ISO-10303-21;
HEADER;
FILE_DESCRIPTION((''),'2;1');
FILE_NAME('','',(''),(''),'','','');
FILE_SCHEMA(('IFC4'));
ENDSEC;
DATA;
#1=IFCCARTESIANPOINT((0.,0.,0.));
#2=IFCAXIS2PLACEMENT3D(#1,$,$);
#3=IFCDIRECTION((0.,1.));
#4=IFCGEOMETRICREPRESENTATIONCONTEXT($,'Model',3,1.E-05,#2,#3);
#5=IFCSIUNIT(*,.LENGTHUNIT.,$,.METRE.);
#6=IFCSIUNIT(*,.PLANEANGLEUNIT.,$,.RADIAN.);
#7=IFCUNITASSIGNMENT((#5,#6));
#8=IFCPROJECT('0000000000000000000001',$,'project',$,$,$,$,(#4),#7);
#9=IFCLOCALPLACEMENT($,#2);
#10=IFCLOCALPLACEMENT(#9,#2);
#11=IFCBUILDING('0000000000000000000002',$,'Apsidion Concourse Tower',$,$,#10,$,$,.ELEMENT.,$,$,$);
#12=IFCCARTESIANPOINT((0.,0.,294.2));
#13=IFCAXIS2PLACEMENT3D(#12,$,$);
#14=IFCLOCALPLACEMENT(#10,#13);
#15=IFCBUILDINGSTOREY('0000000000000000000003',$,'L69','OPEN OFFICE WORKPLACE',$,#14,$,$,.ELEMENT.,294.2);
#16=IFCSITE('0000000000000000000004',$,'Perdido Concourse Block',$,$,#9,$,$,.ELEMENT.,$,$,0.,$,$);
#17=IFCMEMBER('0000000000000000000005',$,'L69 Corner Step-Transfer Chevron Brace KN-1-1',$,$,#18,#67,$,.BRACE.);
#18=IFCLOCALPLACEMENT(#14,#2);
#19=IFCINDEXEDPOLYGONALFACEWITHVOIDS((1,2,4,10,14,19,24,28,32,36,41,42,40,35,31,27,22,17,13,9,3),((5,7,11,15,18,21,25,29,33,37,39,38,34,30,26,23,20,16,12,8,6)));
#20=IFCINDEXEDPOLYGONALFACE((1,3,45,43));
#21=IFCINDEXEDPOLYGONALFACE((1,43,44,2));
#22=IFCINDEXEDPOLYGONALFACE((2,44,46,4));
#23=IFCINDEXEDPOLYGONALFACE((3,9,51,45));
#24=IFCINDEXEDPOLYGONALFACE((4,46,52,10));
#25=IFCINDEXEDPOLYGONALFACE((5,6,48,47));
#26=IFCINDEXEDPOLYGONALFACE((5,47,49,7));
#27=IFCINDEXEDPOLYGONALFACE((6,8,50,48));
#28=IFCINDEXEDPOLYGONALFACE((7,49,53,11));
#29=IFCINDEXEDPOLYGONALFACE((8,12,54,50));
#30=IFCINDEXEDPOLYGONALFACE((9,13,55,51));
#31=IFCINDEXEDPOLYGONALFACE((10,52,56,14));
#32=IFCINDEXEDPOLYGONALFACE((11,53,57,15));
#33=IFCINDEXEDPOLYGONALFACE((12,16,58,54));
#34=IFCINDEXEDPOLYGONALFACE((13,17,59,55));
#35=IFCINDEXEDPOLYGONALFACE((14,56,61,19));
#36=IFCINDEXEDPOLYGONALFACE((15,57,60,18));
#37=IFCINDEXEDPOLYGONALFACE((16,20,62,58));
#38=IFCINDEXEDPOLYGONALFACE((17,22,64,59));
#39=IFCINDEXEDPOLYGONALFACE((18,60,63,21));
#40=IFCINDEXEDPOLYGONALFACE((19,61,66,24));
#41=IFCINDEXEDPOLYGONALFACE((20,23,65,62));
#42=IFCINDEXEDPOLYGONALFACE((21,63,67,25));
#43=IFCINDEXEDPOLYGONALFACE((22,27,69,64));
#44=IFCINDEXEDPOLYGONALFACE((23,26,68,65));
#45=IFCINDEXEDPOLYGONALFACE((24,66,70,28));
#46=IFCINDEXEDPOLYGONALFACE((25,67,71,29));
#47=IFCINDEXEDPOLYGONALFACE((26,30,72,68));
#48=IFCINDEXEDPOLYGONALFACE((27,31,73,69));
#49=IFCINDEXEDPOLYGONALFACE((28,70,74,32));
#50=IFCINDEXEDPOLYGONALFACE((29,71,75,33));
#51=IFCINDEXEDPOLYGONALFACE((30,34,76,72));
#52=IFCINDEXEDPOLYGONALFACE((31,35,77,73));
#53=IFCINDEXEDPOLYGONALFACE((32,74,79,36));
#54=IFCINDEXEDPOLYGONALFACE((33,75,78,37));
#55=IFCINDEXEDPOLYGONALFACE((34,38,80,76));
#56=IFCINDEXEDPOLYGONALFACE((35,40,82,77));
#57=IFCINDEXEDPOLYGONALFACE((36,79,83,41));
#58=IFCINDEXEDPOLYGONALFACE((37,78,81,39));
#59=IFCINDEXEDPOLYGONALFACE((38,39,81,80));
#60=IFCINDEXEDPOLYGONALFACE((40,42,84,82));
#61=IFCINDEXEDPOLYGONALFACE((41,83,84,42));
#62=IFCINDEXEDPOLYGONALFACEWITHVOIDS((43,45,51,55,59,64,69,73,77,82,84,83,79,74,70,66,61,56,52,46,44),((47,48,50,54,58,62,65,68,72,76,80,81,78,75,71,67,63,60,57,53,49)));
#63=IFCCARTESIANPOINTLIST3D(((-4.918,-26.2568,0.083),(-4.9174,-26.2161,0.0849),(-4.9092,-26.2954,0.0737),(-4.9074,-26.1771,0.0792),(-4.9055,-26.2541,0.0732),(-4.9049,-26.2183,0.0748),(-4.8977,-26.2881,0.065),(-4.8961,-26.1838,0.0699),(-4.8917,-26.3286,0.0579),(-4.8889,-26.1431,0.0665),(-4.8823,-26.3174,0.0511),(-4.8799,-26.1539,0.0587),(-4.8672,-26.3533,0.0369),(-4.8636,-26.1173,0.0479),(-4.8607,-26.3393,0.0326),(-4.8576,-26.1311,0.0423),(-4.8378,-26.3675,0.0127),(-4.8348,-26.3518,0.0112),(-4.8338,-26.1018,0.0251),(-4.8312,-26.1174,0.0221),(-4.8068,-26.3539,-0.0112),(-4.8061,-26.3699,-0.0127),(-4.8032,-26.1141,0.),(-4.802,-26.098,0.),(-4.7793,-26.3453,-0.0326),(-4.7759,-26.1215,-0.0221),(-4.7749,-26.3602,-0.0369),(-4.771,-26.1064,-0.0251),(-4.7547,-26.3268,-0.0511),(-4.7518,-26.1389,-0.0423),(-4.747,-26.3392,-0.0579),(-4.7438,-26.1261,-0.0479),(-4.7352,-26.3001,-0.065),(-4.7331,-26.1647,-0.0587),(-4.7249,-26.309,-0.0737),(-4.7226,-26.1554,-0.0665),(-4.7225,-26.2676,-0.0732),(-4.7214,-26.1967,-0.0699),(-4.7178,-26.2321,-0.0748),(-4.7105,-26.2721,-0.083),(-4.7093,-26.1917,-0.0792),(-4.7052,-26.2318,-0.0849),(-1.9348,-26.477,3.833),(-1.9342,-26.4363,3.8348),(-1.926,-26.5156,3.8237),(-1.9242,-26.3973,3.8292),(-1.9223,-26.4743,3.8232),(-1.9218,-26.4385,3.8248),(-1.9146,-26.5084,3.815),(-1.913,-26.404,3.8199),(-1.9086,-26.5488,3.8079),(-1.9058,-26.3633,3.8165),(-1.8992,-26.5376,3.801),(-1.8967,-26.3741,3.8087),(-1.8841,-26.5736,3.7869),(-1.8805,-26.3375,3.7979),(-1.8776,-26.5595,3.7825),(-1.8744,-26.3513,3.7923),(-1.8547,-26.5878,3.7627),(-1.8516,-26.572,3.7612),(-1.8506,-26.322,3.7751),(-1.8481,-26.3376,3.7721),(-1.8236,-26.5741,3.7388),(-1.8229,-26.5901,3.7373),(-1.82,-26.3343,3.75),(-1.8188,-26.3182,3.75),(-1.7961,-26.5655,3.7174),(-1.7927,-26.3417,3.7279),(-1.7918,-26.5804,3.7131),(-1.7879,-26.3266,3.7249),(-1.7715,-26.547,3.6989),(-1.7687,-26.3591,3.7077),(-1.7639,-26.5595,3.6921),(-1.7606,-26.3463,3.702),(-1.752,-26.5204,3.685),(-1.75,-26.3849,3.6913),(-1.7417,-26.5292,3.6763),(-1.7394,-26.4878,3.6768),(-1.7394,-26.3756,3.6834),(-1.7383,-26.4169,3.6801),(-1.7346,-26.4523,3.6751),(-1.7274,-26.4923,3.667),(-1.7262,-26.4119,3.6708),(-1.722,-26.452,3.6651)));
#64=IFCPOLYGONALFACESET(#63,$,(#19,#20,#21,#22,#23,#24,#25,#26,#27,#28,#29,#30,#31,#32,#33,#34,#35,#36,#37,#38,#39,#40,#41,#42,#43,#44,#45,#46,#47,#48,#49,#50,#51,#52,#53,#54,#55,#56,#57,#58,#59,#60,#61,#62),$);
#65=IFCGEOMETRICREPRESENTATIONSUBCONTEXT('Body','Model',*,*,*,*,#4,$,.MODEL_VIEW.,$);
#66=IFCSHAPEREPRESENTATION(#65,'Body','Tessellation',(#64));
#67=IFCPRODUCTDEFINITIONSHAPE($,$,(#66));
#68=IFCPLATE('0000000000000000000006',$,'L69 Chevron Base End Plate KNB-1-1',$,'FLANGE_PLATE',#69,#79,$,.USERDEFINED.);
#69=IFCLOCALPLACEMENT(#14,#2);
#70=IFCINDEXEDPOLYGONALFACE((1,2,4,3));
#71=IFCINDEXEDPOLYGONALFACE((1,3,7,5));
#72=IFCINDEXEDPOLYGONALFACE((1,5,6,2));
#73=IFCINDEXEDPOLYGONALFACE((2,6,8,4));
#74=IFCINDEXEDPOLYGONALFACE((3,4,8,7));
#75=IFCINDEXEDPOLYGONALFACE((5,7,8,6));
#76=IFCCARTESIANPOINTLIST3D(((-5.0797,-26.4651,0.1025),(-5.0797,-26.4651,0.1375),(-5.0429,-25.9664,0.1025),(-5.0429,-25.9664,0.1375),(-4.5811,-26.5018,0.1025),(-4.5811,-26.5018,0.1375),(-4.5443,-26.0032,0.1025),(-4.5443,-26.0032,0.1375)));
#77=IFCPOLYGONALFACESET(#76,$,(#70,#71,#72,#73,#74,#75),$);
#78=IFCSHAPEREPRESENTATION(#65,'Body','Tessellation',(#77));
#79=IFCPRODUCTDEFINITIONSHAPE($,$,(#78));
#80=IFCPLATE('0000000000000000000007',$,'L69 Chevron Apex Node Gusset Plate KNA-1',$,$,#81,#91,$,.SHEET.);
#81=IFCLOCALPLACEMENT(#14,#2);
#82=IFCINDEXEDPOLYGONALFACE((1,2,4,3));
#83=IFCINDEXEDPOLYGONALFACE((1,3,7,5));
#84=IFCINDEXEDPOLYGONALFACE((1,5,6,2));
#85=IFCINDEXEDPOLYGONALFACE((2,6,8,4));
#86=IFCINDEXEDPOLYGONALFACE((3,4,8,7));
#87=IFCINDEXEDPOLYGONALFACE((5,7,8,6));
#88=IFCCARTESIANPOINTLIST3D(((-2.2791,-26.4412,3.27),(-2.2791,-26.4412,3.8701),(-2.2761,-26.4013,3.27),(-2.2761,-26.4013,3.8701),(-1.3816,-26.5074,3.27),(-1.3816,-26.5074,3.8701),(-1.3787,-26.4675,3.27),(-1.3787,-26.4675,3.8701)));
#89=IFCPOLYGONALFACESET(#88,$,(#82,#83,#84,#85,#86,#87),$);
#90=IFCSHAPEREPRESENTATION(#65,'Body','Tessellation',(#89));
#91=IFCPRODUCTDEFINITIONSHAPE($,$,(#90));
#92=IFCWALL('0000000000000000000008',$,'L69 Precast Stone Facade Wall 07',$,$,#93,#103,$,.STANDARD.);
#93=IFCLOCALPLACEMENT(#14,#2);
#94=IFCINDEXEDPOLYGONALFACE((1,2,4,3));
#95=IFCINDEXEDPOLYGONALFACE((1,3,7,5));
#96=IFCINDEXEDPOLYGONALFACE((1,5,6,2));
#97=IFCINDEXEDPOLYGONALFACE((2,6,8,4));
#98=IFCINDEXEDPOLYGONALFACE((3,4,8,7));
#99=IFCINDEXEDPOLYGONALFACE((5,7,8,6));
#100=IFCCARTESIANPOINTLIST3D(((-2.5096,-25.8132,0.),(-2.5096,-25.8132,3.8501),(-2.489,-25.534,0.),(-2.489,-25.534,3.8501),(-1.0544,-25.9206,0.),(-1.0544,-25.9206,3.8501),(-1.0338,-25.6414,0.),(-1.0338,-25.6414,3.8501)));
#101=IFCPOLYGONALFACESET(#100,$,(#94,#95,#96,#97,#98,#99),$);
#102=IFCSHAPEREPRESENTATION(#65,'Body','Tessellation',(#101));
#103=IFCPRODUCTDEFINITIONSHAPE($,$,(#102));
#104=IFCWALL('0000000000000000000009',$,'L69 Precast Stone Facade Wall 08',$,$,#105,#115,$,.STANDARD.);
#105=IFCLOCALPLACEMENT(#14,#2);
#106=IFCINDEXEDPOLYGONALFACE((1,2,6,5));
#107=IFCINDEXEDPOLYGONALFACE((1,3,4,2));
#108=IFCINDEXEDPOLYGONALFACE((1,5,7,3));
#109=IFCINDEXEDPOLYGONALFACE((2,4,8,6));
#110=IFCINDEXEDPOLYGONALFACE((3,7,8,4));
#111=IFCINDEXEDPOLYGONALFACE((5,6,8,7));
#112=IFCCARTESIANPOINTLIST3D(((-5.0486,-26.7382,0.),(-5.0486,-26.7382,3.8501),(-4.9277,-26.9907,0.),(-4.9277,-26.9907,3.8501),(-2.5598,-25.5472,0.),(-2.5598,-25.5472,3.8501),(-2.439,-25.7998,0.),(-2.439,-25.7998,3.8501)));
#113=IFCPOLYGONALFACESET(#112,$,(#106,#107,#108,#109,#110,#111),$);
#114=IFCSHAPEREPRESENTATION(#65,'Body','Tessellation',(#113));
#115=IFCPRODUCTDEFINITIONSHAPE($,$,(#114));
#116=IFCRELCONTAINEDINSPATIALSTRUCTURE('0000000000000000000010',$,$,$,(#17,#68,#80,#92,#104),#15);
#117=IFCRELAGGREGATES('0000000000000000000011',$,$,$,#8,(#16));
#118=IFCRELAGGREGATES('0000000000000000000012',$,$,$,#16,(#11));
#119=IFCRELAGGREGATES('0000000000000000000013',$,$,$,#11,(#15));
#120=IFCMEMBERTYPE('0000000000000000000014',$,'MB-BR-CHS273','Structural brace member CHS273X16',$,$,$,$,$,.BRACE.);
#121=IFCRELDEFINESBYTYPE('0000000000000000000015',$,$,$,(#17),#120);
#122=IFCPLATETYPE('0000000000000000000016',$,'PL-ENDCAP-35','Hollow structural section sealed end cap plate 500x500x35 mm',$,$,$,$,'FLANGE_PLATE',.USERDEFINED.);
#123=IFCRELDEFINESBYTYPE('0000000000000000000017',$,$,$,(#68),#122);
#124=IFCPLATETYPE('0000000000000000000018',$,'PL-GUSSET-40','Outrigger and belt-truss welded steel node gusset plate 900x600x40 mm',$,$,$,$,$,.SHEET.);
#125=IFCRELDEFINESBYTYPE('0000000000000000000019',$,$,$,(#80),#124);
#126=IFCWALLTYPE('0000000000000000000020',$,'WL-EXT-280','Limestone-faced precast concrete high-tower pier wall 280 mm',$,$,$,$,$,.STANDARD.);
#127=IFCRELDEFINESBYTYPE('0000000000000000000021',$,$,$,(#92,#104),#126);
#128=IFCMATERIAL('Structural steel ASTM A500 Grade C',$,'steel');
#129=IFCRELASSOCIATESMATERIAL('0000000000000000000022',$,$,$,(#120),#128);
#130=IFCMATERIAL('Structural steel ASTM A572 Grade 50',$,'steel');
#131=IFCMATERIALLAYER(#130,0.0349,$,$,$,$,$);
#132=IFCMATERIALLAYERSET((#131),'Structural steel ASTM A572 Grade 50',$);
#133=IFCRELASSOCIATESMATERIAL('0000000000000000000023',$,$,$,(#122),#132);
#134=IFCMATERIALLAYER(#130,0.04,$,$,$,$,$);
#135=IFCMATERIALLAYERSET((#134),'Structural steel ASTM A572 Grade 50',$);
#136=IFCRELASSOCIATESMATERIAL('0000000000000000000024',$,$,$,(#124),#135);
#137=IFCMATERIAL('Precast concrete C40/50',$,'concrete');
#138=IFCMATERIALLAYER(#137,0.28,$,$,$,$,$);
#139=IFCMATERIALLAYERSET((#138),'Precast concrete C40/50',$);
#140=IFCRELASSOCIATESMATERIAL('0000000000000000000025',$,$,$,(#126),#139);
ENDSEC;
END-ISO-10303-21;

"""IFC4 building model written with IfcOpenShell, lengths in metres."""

from ifc_helpers import new_model, si_unit, direction, frame, frame_2d, origin, origin_2d, place, context, subcontext, project, spatial, rectangle, hollow_circle, extrude, material, layer, layer_set, material_profile, profile_set, type_object, element, save


model = new_model("IFC4")

# Units and contexts
model_context = context("Model", 3, precision=1e-05, world=origin(), true_north=direction((0.0, 1.0)))
body_context = subcontext(model_context, "Body", "Model", "MODEL_VIEW")
ifc_project = project(units=[si_unit("LENGTHUNIT", "METRE"), si_unit("PLANEANGLEUNIT", "RADIAN")], contexts=[model_context])

# Site, building, storey
site_placement = place(None, origin())
site = spatial("IfcSite", under=ifc_project, at=site_placement, Name="Perdido Concourse Block", CompositionType="ELEMENT", RefElevation=0.0)
building_placement = place(site_placement, origin())
building = spatial("IfcBuilding", under=site, at=building_placement, Name="Apsidion Concourse Tower", CompositionType="ELEMENT")
storey_placement = place(building_placement, frame((0.0, 0.0, 294.2)))
storey = spatial("IfcBuildingStorey", under=building, at=storey_placement, Name="L69", Description="OPEN OFFICE WORKPLACE", CompositionType="ELEMENT", Elevation=294.2)

# Member
ifc_material_1 = material(Name="Structural steel ASTM A500 Grade C", Category="steel")
ifc_material_profile_1 = material_profile(ifc_material_1, hollow_circle(Radius=0.1365, WallThickness=0.0161, at=origin_2d()), Name="CHS273X16")
ifc_profile_set_1 = profile_set([ifc_material_profile_1], Name="Structural steel ASTM A500 Grade C")
member_type = type_object("IfcMemberType", Name="MB-BR-CHS273", Description="Structural brace member CHS273X16", PredefinedType="BRACE", material=ifc_profile_set_1)
member_placement = place(storey_placement, frame((-4.812, -26.2341, 0.0), z_axis=(0.621893, -0.045908, 0.781756), x_axis=(0.073619, 0.997286, 0.0)))
element("IfcMember", 1, at=member_placement, inside=storey, type_object=member_type, Name="L69 Corner Step-Transfer Chevron Brace KN-1-1", PredefinedType="BRACE", context=body_context, shape_type="SweptSolid", body=[
    extrude(hollow_circle(Radius=0.1365, WallThickness=0.0161, at=origin_2d()), origin(), (0.0, 0.0, 1.0), 4.7969),
])

# Plates
ifc_material_2 = material(Name="Structural steel ASTM A572 Grade 50", Category="steel")
ifc_layer_1 = layer(ifc_material_2, 0.0349)
ifc_layer_set_1 = layer_set([ifc_layer_1], Name="Structural steel ASTM A572 Grade 50")
plate_type_1 = type_object("IfcPlateType", Name="PL-ENDCAP-35", Description="Hollow structural section sealed end cap plate 500x500x35 mm", ElementType="FLANGE_PLATE", PredefinedType="USERDEFINED", material=ifc_layer_set_1)
plate_1_placement = place(storey_placement, frame((-4.812, -26.2341, 0.1025), z_axis=(0.0, 0.0, 1.0), x_axis=(-0.997289, 0.073586, 0.0)))
element("IfcPlate", 2, at=plate_1_placement, inside=storey, type_object=plate_type_1, Name="L69 Chevron Base End Plate KNB-1-1", ObjectType="FLANGE_PLATE", PredefinedType="USERDEFINED", context=body_context, shape_type="SweptSolid", body=[
    extrude(rectangle(XDim=0.5, YDim=0.5, at=origin_2d()), origin(), (0.0, 0.0, 1.0), 0.0349),
])
ifc_layer_2 = layer(ifc_material_2, 0.04)
ifc_layer_set_2 = layer_set([ifc_layer_2], Name="Structural steel ASTM A572 Grade 50")
plate_type_2 = type_object("IfcPlateType", Name="PL-GUSSET-40", Description="Outrigger and belt-truss welded steel node gusset plate 900x600x40 mm", PredefinedType="SHEET", material=ifc_layer_set_2)
plate_2_placement = place(storey_placement, frame((-1.8289, -26.4543, 3.27), z_axis=(0.0, 0.0, 1.0), x_axis=(-0.997289, 0.073586, 0.0)))
element("IfcPlate", 3, at=plate_2_placement, inside=storey, type_object=plate_type_2, Name="L69 Chevron Apex Node Gusset Plate KNA-1", PredefinedType="SHEET", context=body_context, shape_type="SweptSolid", body=[
    extrude(rectangle(XDim=0.8999, YDim=0.04, at=origin_2d()), origin(), (0.0, 0.0, 1.0), 0.6001),
])

# Walls
ifc_material_3 = material(Name="Precast concrete C40/50", Category="concrete")
ifc_layer_3 = layer(ifc_material_3, 0.28)
ifc_layer_set_3 = layer_set([ifc_layer_3], Name="Precast concrete C40/50")
wall_type_1 = type_object("IfcWallType", Name="WL-EXT-280", Description="Limestone-faced precast concrete high-tower pier wall 280 mm", PredefinedType="STANDARD", material=ifc_layer_set_3)
wall_1_placement = place(storey_placement, frame((-1.0442, -25.781, 0.0), z_axis=(0.0, 0.0, 1.0), x_axis=(-0.997287, 0.073613, 0.0)))
element("IfcWall", 4, at=wall_1_placement, inside=storey, type_object=wall_type_1, Name="L69 Precast Stone Facade Wall 07", PredefinedType="STANDARD", context=body_context, shape_type="SweptSolid", body=[
    extrude(rectangle(XDim=1.4592, YDim=0.28, at=frame_2d((0.7295, 0.0))), origin(), (0.0, 0.0, 1.0), 3.8501),
])
wall_2_placement = place(storey_placement, frame((-2.4995, -25.6736, 0.0), z_axis=(0.0, 0.0, 1.0), x_axis=(-0.902044, -0.431643, 0.0)))
element("IfcWall", 5, at=wall_2_placement, inside=storey, type_object=wall_type_1, Name="L69 Precast Stone Facade Wall 08", PredefinedType="STANDARD", context=body_context, shape_type="SweptSolid", body=[
    extrude(rectangle(XDim=2.759, YDim=0.28, at=frame_2d((1.3794, 0.0))), origin(), (0.0, 0.0, 1.0), 3.8501),
])

save(model, "model.ifc")
